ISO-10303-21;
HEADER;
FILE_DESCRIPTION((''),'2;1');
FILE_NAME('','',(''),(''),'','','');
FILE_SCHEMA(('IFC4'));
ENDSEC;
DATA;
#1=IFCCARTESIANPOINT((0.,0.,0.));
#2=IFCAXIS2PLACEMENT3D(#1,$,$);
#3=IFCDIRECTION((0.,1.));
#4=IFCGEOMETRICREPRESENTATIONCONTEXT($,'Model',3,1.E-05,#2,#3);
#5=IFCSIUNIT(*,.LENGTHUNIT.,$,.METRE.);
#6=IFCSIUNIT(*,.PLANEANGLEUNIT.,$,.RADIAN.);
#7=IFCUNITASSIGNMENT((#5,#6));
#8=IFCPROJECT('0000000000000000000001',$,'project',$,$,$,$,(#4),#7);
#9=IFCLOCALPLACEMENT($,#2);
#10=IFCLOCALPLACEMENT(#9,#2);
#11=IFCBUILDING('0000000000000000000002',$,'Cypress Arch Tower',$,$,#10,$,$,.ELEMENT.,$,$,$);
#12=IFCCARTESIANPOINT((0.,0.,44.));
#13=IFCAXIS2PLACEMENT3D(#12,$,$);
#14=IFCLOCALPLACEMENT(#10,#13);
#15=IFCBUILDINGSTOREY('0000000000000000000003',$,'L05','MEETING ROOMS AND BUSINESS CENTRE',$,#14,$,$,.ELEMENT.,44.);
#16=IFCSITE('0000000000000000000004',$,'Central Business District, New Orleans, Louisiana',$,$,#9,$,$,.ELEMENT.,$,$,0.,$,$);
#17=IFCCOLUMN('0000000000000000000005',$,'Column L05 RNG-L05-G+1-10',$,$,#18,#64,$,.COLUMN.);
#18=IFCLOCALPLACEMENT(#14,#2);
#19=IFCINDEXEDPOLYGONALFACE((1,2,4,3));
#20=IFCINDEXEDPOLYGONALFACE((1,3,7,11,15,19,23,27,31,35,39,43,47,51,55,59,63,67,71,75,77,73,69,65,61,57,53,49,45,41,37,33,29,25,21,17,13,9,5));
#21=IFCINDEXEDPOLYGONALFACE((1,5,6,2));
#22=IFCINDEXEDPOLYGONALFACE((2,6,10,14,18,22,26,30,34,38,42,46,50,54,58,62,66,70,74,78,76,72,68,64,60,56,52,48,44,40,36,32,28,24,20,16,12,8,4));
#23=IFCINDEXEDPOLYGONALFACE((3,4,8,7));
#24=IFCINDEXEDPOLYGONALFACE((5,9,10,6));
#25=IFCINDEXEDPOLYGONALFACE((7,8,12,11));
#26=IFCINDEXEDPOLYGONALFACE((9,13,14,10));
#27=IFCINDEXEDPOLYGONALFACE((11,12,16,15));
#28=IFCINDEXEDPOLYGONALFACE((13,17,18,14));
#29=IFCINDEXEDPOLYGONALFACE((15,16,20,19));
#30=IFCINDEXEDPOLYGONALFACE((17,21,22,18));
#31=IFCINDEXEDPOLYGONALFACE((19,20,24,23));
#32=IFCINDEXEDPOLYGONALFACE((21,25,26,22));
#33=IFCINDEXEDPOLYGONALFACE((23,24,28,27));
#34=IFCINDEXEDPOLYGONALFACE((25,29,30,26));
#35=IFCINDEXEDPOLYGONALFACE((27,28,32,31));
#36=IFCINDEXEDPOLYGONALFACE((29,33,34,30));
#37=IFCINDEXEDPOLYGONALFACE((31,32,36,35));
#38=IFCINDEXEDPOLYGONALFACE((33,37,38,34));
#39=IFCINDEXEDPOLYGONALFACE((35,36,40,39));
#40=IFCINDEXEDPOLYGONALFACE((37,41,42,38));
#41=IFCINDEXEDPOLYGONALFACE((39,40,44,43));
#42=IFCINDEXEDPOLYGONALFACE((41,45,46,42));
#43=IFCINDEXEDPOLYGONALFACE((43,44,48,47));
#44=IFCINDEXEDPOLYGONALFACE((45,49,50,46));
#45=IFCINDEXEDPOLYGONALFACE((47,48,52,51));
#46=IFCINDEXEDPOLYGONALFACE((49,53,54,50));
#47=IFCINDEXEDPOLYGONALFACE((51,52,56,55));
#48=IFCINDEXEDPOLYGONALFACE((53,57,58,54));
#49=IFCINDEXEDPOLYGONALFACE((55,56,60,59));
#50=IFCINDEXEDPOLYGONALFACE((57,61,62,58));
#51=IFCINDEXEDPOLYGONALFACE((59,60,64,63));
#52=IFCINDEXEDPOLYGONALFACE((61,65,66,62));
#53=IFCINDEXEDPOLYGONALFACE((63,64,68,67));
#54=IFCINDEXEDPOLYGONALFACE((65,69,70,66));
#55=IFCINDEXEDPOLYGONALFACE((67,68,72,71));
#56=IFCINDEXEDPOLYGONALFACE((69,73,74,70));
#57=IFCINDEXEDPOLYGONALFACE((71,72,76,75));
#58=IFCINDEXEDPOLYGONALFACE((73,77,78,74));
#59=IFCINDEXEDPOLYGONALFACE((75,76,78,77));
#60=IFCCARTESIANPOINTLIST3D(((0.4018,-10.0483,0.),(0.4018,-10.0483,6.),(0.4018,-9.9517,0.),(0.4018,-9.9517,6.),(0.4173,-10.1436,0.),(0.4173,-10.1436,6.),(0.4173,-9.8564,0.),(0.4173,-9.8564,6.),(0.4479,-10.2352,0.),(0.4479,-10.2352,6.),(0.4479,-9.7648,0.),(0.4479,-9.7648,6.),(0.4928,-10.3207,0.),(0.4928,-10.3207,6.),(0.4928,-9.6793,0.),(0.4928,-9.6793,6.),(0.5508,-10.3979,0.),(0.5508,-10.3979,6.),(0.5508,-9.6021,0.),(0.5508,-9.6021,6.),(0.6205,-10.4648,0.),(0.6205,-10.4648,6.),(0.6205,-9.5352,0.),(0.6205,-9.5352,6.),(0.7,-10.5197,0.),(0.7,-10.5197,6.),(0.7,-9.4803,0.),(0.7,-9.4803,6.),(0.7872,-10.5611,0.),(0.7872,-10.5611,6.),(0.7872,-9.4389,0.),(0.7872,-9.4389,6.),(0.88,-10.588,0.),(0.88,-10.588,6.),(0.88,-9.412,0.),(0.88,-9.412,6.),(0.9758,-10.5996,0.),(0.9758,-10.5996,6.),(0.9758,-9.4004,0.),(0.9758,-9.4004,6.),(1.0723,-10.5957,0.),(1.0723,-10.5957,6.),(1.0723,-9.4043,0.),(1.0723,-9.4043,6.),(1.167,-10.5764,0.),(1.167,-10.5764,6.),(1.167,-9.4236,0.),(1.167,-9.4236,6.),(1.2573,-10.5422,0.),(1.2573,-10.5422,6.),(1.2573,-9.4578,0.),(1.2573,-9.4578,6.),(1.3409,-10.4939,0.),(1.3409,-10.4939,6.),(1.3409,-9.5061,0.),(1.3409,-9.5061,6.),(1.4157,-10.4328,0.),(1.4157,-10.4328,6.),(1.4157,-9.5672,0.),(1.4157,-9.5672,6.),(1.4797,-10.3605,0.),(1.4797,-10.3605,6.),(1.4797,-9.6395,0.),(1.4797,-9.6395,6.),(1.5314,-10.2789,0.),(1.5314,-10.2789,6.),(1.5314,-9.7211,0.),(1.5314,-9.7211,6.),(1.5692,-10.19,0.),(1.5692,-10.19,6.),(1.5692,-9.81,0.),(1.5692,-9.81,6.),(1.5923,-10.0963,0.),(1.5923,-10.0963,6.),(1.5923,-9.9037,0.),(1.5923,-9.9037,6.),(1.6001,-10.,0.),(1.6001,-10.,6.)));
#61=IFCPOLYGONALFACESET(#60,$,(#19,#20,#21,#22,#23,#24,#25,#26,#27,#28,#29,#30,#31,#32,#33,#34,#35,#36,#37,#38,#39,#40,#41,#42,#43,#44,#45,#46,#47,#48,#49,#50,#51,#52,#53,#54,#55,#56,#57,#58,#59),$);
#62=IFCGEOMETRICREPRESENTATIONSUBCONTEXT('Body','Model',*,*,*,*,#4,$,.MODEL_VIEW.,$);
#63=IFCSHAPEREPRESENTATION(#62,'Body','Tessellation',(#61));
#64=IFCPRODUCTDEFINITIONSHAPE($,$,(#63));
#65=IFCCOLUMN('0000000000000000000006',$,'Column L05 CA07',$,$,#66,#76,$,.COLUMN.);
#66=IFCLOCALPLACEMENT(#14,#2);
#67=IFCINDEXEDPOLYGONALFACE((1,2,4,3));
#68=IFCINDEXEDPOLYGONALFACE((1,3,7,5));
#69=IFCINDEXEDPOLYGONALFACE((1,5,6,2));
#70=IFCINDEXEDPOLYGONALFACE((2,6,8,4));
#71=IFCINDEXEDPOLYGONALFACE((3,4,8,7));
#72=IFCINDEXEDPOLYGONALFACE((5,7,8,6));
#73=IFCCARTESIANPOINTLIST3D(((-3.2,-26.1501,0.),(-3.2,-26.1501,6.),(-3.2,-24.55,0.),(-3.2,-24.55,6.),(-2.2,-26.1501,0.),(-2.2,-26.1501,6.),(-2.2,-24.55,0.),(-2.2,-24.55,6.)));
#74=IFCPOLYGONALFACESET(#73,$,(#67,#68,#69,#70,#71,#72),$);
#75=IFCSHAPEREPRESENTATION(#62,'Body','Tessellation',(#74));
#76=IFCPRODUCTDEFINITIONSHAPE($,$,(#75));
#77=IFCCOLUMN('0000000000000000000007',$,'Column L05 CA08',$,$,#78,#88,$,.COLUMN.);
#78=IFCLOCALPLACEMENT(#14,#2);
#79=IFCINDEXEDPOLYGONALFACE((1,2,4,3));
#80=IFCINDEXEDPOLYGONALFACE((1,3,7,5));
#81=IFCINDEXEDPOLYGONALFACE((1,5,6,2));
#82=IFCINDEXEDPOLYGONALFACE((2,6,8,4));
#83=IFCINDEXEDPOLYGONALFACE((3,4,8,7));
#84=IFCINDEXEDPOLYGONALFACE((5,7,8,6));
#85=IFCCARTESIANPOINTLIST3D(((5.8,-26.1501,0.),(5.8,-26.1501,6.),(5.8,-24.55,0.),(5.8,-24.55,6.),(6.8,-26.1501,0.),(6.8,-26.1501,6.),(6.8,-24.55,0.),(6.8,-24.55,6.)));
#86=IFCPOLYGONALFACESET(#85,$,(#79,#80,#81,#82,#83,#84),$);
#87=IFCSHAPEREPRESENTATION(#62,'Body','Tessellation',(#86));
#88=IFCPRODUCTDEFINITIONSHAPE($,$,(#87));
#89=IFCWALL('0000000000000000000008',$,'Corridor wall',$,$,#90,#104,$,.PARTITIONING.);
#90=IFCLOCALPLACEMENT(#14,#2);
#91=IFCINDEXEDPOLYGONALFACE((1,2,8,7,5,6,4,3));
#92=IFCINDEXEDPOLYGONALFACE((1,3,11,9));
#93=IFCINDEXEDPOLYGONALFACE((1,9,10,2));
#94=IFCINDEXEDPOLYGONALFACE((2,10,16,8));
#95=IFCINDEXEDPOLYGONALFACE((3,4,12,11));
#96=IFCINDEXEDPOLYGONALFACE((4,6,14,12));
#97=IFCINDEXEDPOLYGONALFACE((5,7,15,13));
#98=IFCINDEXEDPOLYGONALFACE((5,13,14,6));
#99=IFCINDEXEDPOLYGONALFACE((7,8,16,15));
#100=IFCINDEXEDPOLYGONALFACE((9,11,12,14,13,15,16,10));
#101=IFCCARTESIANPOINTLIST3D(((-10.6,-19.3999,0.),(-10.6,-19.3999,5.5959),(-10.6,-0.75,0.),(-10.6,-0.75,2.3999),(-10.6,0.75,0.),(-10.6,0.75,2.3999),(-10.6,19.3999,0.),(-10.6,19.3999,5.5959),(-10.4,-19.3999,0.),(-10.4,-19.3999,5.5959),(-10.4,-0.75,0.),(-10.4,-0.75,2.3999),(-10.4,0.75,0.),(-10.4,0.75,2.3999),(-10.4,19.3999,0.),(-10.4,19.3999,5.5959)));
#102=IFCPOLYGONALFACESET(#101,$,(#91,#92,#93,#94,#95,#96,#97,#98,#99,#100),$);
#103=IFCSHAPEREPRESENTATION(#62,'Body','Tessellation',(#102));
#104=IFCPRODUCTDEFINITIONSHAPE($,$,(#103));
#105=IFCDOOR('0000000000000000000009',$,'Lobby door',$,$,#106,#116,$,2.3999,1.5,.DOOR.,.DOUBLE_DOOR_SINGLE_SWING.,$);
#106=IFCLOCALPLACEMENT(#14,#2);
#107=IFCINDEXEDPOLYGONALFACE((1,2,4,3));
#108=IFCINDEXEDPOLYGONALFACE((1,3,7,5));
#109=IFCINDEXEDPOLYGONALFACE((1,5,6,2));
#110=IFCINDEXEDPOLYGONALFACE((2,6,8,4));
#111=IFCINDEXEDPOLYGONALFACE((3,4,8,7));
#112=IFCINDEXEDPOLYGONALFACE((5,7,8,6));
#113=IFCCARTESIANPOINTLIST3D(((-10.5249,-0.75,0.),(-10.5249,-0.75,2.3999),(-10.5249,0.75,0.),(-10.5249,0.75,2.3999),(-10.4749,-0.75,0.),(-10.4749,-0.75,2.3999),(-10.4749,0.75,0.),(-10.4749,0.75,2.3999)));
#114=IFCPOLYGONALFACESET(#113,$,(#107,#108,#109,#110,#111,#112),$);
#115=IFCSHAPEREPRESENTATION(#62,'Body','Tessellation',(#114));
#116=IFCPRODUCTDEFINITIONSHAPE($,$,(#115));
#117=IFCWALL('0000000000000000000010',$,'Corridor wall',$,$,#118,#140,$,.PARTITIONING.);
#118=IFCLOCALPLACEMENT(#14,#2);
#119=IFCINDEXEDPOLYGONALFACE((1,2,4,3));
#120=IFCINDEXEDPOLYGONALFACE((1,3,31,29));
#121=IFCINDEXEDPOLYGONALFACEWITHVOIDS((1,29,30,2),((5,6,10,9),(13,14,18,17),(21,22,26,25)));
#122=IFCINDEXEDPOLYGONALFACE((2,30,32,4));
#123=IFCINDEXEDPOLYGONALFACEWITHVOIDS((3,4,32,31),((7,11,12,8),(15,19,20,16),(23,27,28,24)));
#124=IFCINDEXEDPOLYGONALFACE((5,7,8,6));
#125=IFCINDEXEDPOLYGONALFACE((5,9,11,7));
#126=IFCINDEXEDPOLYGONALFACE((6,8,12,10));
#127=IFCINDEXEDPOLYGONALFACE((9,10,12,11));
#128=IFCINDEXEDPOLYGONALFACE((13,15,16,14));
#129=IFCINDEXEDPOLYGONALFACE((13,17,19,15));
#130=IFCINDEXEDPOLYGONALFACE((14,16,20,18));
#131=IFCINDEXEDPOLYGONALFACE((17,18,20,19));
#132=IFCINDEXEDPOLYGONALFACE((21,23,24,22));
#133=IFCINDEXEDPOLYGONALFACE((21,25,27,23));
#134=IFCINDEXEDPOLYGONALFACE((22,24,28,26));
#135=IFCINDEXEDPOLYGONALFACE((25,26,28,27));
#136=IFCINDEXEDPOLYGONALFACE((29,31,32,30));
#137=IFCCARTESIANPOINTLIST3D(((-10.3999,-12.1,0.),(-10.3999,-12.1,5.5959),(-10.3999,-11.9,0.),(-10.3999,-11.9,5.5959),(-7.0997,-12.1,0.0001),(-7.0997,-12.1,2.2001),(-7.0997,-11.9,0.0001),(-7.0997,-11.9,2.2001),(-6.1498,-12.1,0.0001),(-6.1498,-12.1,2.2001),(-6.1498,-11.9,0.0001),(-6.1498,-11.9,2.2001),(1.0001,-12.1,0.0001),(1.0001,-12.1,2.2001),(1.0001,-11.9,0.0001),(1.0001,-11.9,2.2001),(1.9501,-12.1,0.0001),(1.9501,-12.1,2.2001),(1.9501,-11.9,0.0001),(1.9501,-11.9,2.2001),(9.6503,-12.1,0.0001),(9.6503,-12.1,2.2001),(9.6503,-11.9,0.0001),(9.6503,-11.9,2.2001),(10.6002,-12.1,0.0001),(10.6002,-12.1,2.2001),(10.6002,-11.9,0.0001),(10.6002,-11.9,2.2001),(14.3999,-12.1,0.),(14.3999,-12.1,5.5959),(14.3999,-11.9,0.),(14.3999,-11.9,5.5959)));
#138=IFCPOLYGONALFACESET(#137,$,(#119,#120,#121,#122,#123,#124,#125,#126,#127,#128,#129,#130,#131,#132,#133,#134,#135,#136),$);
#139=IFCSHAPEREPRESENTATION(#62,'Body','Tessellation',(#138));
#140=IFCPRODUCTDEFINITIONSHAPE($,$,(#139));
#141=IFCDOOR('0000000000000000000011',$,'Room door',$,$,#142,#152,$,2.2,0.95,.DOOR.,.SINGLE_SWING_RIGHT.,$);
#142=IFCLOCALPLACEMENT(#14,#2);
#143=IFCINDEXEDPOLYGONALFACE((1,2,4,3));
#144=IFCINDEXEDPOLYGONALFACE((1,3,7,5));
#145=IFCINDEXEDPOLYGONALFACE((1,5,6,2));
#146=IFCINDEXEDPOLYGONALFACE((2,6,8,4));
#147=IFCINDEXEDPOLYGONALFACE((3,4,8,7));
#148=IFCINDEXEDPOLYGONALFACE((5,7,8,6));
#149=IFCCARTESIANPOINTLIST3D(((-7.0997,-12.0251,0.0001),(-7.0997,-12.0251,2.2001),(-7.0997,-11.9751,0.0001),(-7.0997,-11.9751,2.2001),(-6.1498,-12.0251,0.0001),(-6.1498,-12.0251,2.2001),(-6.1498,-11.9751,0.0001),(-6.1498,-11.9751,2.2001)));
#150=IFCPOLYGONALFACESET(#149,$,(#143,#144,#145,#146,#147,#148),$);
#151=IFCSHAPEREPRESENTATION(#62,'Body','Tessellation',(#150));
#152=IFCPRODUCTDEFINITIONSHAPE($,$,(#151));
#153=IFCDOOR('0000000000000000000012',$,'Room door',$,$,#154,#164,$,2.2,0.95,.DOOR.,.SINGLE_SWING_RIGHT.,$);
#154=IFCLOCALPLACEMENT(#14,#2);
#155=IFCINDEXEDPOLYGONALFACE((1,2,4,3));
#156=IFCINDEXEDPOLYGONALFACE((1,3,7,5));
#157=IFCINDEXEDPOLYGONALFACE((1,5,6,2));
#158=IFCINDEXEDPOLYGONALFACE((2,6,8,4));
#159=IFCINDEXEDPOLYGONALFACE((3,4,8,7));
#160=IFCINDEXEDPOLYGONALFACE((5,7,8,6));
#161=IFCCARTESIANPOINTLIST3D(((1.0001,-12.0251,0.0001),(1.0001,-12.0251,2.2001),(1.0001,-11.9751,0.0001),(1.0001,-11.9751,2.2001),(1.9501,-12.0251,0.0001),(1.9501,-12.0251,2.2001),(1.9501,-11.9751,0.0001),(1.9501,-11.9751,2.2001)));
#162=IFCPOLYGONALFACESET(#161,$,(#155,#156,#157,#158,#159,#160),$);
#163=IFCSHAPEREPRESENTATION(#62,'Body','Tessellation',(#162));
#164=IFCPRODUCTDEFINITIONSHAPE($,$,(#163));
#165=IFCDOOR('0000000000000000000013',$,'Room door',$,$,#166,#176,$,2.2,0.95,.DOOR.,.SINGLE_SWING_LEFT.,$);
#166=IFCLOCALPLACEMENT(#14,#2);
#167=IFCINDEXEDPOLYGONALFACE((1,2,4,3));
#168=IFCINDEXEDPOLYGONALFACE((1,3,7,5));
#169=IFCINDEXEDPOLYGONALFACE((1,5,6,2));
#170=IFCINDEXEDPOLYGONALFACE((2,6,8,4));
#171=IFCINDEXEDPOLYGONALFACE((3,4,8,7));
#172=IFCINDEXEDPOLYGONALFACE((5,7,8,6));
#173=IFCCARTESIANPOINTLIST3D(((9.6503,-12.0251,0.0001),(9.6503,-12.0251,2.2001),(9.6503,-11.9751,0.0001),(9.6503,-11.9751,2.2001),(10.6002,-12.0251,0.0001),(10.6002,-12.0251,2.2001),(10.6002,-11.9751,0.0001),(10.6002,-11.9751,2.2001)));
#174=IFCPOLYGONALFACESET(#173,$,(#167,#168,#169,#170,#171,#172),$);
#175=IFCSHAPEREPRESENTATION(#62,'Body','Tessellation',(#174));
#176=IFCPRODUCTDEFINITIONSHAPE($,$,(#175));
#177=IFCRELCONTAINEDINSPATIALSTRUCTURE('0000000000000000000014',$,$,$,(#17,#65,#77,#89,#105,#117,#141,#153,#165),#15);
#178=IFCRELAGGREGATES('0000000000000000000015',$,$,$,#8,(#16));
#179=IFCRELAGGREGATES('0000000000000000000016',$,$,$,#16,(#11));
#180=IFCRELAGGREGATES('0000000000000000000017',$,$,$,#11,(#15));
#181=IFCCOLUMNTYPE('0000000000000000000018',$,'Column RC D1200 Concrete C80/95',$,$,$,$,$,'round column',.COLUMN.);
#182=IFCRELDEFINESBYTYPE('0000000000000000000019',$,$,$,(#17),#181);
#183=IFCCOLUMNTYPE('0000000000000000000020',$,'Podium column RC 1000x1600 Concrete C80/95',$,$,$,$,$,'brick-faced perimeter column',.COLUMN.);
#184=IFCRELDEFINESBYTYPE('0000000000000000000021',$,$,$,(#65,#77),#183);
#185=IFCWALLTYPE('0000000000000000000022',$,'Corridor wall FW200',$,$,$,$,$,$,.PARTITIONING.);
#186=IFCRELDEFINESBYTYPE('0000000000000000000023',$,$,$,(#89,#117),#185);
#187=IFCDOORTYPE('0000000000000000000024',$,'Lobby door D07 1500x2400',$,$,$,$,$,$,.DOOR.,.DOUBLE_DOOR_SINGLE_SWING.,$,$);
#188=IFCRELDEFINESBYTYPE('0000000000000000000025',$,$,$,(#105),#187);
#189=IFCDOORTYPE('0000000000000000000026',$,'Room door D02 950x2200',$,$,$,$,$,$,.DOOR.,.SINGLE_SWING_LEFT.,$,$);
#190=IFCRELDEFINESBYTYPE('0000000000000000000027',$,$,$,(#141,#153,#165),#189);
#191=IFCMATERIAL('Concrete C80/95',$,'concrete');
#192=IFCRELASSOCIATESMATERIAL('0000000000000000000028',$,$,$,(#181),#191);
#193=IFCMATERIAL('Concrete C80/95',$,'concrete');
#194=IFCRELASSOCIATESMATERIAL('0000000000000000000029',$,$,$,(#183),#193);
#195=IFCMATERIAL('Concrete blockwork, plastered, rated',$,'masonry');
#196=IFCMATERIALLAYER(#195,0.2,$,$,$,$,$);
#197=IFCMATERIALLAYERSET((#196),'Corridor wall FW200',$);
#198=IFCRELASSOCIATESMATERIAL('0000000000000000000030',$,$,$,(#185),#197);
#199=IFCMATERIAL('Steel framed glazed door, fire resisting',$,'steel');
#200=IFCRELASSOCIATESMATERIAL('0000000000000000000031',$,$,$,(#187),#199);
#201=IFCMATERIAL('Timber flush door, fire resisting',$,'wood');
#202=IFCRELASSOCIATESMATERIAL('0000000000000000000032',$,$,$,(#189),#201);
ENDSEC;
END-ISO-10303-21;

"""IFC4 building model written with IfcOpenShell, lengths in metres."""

from ifc_helpers import new_model, si_unit, direction, frame, frame_2d, origin, origin_2d, place, context, subcontext, project, spatial, rectangle, circle, extrude, material, layer, layer_set, material_profile, profile_set, type_object, element, fill, save


model = new_model("IFC4")

# Units and contexts
model_context = context("Model", 3, precision=1e-05, world=origin(), true_north=direction((0.0, 1.0)))
body_context = subcontext(model_context, "Body", "Model", "MODEL_VIEW")
ifc_project = project(units=[si_unit("LENGTHUNIT", "METRE"), si_unit("PLANEANGLEUNIT", "RADIAN")], contexts=[model_context])

# Site, building, storey
site_placement = place(None, origin())
site = spatial("IfcSite", under=ifc_project, at=site_placement, Name="Central Business District, New Orleans, Louisiana", CompositionType="ELEMENT", RefElevation=0.0)
building_placement = place(site_placement, origin())
building = spatial("IfcBuilding", under=site, at=building_placement, Name="Cypress Arch Tower", CompositionType="ELEMENT")
storey_placement = place(building_placement, frame((0.0, 0.0, 44.0)))
storey = spatial("IfcBuildingStorey", under=building, at=storey_placement, Name="L05", Description="MEETING ROOMS AND BUSINESS CENTRE", CompositionType="ELEMENT", Elevation=44.0)

# Columns
ifc_material_1 = material(Name="Concrete C80/95", Category="concrete")
ifc_material_profile_1 = material_profile(ifc_material_1, circle(Radius=0.6001, at=origin_2d()), Name="RC D1200")
ifc_profile_set_1 = profile_set([ifc_material_profile_1], Name="Concrete C80/95")
column_type_1 = type_object("IfcColumnType", Name="Column RC D1200 Concrete C80/95", ElementType="round column", PredefinedType="COLUMN", material=ifc_profile_set_1)
for number, where, z_axis, x_axis, name in (
    (1, (1.0, -10.0, 0.0), (0.0, 0.0, 1.0), (1.0, 0.0, 0.0), "Column L05 RNG-L05-G+1-10"),
):
    element("IfcColumn", number, at=place(storey_placement, frame(where, z_axis=z_axis, x_axis=x_axis)), inside=storey, type_object=column_type_1, Name=name, PredefinedType="COLUMN", context=body_context, shape_type="SweptSolid", body=[
        extrude(circle(Radius=0.6001, at=origin_2d()), origin(), (0.0, 0.0, 1.0), 6.0),
    ])
ifc_material_2 = material(Name="Concrete C80/95", Category="concrete")
ifc_material_profile_2 = material_profile(ifc_material_2, rectangle(XDim=1.0, YDim=1.6001, at=origin_2d()), Name="RC 1000x1600")
ifc_profile_set_2 = profile_set([ifc_material_profile_2], Name="Concrete C80/95")
column_type_2 = type_object("IfcColumnType", Name="Podium column RC 1000x1600 Concrete C80/95", ElementType="brick-faced perimeter column", PredefinedType="COLUMN", material=ifc_profile_set_2)
for number, where, z_axis, x_axis, name in (
    (2, (-2.7, -25.3501, 0.0), (0.0, 0.0, 1.0), (1.0, 0.0, 0.0), "Column L05 CA07"),
    (3, (6.3, -25.3501, 0.0), (0.0, 0.0, 1.0), (1.0, 0.0, 0.0), "Column L05 CA08"),
):
    element("IfcColumn", number, at=place(storey_placement, frame(where, z_axis=z_axis, x_axis=x_axis)), inside=storey, type_object=column_type_2, Name=name, PredefinedType="COLUMN", context=body_context, shape_type="SweptSolid", body=[
        extrude(rectangle(XDim=1.0, YDim=1.6001, at=origin_2d()), origin(), (0.0, 0.0, 1.0), 6.0),
    ])

# Wall, opening, door
ifc_material_3 = material(Name="Concrete blockwork, plastered, rated", Category="masonry")
ifc_layer_1 = layer(ifc_material_3, 0.2)
ifc_layer_set_1 = layer_set([ifc_layer_1], Name="Corridor wall FW200")
wall_type_1 = type_object("IfcWallType", Name="Corridor wall FW200", PredefinedType="PARTITIONING", material=ifc_layer_set_1)
wall_1_placement = place(storey_placement, frame((-10.5, -19.3999, 0.0), z_axis=(0.0, 0.0, 1.0), x_axis=(0.0, 1.0, 0.0)))
wall_1 = element("IfcWall", 4, at=wall_1_placement, inside=storey, type_object=wall_type_1, Name="Corridor wall", PredefinedType="PARTITIONING", context=body_context, shape_type="SweptSolid", body=[
    extrude(rectangle(XDim=38.7998, YDim=0.2, at=frame_2d((19.3999, 0.0))), origin(), (0.0, 0.0, 1.0), 5.5959),
])
opening_1_placement = place(wall_1_placement, frame((18.6499, 0.0, 0.0)))
opening_1 = element("IfcOpeningElement", 5, at=opening_1_placement, cuts=wall_1, PredefinedType="OPENING", context=body_context, shape_type="SweptSolid", body=[
    extrude(rectangle(XDim=1.5, YDim=2.3999, at=frame_2d((0.75, 1.2))), frame((0.0, 0.1099, 0.0), z_axis=(0.0, -1.0, 0.0), x_axis=(1.0, 0.0, 0.0)), (0.0, 0.0, 1.0), 0.22),
])
ifc_material_4 = material(Name="Steel framed glazed door, fire resisting", Category="steel")
door_type_1 = type_object("IfcDoorType", Name="Lobby door D07 1500x2400", OperationType="DOUBLE_DOOR_SINGLE_SWING", PredefinedType="DOOR", material=ifc_material_4)
door_1_placement = place(opening_1_placement, origin())
door_1 = element("IfcDoor", 6, at=door_1_placement, inside=storey, type_object=door_type_1, Name="Lobby door", OperationType="DOUBLE_DOOR_SINGLE_SWING", OverallHeight=2.3999, OverallWidth=1.5, PredefinedType="DOOR", context=body_context, shape_type="SweptSolid", body=[
    extrude(rectangle(XDim=1.5, YDim=2.3999, at=frame_2d((0.75, 1.2))), frame((0.0, 0.0249, 0.0), z_axis=(0.0, -1.0, 0.0), x_axis=(1.0, 0.0, 0.0)), (0.0, 0.0, 1.0), 0.05),
])
fill(opening_1, door_1)

# Wall, openings, doors
wall_2_placement = place(storey_placement, frame((-10.3999, -12.0, 0.0), z_axis=(0.0, 0.0, 1.0), x_axis=(1.0, 0.0, 0.0)))
wall_2 = element("IfcWall", 7, at=wall_2_placement, inside=storey, type_object=wall_type_1, Name="Corridor wall", PredefinedType="PARTITIONING", context=body_context, shape_type="SweptSolid", body=[
    extrude(rectangle(XDim=24.7998, YDim=0.2, at=frame_2d((12.3999, 0.0))), origin(), (0.0, 0.0, 1.0), 5.5959),
])
opening_2_placement = place(wall_2_placement, frame((3.3, 0.0, 0.0)))
opening_2 = element("IfcOpeningElement", 8, at=opening_2_placement, cuts=wall_2, PredefinedType="OPENING", context=body_context, shape_type="SweptSolid", body=[
    extrude(rectangle(XDim=0.95, YDim=2.2, at=frame_2d((0.4751, 1.1001))), frame((0.0, 0.1099, 0.0), z_axis=(0.0, -1.0, 0.0), x_axis=(1.0, 0.0, 0.0)), (0.0, 0.0, 1.0), 0.22),
])
opening_3_placement = place(wall_2_placement, frame((11.3999, 0.0, 0.0)))
opening_3 = element("IfcOpeningElement", 9, at=opening_3_placement, cuts=wall_2, PredefinedType="OPENING", context=body_context, shape_type="SweptSolid", body=[
    extrude(rectangle(XDim=0.95, YDim=2.2, at=frame_2d((0.4751, 1.1001))), frame((0.0, 0.1099, 0.0), z_axis=(0.0, -1.0, 0.0), x_axis=(1.0, 0.0, 0.0)), (0.0, 0.0, 1.0), 0.22),
])
opening_4_placement = place(wall_2_placement, frame((20.05, 0.0, 0.0)))
opening_4 = element("IfcOpeningElement", 10, at=opening_4_placement, cuts=wall_2, PredefinedType="OPENING", context=body_context, shape_type="SweptSolid", body=[
    extrude(rectangle(XDim=0.95, YDim=2.2, at=frame_2d((0.4751, 1.1001))), frame((0.0, 0.1099, 0.0), z_axis=(0.0, -1.0, 0.0), x_axis=(1.0, 0.0, 0.0)), (0.0, 0.0, 1.0), 0.22),
])
ifc_material_5 = material(Name="Timber flush door, fire resisting", Category="wood")
door_type_2 = type_object("IfcDoorType", Name="Room door D02 950x2200", OperationType="SINGLE_SWING_LEFT", PredefinedType="DOOR", material=ifc_material_5)
door_2_placement = place(opening_2_placement, origin())
door_2 = element("IfcDoor", 11, at=door_2_placement, inside=storey, type_object=door_type_2, Name="Room door", OperationType="SINGLE_SWING_RIGHT", OverallHeight=2.2, OverallWidth=0.95, PredefinedType="DOOR", context=body_context, shape_type="SweptSolid", body=[
    extrude(rectangle(XDim=0.95, YDim=2.2, at=frame_2d((0.4751, 1.1001))), frame((0.0, 0.0249, 0.0), z_axis=(0.0, -1.0, 0.0), x_axis=(1.0, 0.0, 0.0)), (0.0, 0.0, 1.0), 0.05),
])
fill(opening_2, door_2)
door_3_placement = place(opening_3_placement, origin())
door_3 = element("IfcDoor", 12, at=door_3_placement, inside=storey, type_object=door_type_2, Name="Room door", OperationType="SINGLE_SWING_RIGHT", OverallHeight=2.2, OverallWidth=0.95, PredefinedType="DOOR", context=body_context, shape_type="SweptSolid", body=[
    extrude(rectangle(XDim=0.95, YDim=2.2, at=frame_2d((0.4751, 1.1001))), frame((0.0, 0.0249, 0.0), z_axis=(0.0, -1.0, 0.0), x_axis=(1.0, 0.0, 0.0)), (0.0, 0.0, 1.0), 0.05),
])
fill(opening_3, door_3)
door_4_placement = place(opening_4_placement, origin())
door_4 = element("IfcDoor", 13, at=door_4_placement, inside=storey, type_object=door_type_2, Name="Room door", OperationType="SINGLE_SWING_LEFT", OverallHeight=2.2, OverallWidth=0.95, PredefinedType="DOOR", context=body_context, shape_type="SweptSolid", body=[
    extrude(rectangle(XDim=0.95, YDim=2.2, at=frame_2d((0.4751, 1.1001))), frame((0.0, 0.0249, 0.0), z_axis=(0.0, -1.0, 0.0), x_axis=(1.0, 0.0, 0.0)), (0.0, 0.0, 1.0), 0.05),
])
fill(opening_4, door_4)

save(model, "model.ifc")
